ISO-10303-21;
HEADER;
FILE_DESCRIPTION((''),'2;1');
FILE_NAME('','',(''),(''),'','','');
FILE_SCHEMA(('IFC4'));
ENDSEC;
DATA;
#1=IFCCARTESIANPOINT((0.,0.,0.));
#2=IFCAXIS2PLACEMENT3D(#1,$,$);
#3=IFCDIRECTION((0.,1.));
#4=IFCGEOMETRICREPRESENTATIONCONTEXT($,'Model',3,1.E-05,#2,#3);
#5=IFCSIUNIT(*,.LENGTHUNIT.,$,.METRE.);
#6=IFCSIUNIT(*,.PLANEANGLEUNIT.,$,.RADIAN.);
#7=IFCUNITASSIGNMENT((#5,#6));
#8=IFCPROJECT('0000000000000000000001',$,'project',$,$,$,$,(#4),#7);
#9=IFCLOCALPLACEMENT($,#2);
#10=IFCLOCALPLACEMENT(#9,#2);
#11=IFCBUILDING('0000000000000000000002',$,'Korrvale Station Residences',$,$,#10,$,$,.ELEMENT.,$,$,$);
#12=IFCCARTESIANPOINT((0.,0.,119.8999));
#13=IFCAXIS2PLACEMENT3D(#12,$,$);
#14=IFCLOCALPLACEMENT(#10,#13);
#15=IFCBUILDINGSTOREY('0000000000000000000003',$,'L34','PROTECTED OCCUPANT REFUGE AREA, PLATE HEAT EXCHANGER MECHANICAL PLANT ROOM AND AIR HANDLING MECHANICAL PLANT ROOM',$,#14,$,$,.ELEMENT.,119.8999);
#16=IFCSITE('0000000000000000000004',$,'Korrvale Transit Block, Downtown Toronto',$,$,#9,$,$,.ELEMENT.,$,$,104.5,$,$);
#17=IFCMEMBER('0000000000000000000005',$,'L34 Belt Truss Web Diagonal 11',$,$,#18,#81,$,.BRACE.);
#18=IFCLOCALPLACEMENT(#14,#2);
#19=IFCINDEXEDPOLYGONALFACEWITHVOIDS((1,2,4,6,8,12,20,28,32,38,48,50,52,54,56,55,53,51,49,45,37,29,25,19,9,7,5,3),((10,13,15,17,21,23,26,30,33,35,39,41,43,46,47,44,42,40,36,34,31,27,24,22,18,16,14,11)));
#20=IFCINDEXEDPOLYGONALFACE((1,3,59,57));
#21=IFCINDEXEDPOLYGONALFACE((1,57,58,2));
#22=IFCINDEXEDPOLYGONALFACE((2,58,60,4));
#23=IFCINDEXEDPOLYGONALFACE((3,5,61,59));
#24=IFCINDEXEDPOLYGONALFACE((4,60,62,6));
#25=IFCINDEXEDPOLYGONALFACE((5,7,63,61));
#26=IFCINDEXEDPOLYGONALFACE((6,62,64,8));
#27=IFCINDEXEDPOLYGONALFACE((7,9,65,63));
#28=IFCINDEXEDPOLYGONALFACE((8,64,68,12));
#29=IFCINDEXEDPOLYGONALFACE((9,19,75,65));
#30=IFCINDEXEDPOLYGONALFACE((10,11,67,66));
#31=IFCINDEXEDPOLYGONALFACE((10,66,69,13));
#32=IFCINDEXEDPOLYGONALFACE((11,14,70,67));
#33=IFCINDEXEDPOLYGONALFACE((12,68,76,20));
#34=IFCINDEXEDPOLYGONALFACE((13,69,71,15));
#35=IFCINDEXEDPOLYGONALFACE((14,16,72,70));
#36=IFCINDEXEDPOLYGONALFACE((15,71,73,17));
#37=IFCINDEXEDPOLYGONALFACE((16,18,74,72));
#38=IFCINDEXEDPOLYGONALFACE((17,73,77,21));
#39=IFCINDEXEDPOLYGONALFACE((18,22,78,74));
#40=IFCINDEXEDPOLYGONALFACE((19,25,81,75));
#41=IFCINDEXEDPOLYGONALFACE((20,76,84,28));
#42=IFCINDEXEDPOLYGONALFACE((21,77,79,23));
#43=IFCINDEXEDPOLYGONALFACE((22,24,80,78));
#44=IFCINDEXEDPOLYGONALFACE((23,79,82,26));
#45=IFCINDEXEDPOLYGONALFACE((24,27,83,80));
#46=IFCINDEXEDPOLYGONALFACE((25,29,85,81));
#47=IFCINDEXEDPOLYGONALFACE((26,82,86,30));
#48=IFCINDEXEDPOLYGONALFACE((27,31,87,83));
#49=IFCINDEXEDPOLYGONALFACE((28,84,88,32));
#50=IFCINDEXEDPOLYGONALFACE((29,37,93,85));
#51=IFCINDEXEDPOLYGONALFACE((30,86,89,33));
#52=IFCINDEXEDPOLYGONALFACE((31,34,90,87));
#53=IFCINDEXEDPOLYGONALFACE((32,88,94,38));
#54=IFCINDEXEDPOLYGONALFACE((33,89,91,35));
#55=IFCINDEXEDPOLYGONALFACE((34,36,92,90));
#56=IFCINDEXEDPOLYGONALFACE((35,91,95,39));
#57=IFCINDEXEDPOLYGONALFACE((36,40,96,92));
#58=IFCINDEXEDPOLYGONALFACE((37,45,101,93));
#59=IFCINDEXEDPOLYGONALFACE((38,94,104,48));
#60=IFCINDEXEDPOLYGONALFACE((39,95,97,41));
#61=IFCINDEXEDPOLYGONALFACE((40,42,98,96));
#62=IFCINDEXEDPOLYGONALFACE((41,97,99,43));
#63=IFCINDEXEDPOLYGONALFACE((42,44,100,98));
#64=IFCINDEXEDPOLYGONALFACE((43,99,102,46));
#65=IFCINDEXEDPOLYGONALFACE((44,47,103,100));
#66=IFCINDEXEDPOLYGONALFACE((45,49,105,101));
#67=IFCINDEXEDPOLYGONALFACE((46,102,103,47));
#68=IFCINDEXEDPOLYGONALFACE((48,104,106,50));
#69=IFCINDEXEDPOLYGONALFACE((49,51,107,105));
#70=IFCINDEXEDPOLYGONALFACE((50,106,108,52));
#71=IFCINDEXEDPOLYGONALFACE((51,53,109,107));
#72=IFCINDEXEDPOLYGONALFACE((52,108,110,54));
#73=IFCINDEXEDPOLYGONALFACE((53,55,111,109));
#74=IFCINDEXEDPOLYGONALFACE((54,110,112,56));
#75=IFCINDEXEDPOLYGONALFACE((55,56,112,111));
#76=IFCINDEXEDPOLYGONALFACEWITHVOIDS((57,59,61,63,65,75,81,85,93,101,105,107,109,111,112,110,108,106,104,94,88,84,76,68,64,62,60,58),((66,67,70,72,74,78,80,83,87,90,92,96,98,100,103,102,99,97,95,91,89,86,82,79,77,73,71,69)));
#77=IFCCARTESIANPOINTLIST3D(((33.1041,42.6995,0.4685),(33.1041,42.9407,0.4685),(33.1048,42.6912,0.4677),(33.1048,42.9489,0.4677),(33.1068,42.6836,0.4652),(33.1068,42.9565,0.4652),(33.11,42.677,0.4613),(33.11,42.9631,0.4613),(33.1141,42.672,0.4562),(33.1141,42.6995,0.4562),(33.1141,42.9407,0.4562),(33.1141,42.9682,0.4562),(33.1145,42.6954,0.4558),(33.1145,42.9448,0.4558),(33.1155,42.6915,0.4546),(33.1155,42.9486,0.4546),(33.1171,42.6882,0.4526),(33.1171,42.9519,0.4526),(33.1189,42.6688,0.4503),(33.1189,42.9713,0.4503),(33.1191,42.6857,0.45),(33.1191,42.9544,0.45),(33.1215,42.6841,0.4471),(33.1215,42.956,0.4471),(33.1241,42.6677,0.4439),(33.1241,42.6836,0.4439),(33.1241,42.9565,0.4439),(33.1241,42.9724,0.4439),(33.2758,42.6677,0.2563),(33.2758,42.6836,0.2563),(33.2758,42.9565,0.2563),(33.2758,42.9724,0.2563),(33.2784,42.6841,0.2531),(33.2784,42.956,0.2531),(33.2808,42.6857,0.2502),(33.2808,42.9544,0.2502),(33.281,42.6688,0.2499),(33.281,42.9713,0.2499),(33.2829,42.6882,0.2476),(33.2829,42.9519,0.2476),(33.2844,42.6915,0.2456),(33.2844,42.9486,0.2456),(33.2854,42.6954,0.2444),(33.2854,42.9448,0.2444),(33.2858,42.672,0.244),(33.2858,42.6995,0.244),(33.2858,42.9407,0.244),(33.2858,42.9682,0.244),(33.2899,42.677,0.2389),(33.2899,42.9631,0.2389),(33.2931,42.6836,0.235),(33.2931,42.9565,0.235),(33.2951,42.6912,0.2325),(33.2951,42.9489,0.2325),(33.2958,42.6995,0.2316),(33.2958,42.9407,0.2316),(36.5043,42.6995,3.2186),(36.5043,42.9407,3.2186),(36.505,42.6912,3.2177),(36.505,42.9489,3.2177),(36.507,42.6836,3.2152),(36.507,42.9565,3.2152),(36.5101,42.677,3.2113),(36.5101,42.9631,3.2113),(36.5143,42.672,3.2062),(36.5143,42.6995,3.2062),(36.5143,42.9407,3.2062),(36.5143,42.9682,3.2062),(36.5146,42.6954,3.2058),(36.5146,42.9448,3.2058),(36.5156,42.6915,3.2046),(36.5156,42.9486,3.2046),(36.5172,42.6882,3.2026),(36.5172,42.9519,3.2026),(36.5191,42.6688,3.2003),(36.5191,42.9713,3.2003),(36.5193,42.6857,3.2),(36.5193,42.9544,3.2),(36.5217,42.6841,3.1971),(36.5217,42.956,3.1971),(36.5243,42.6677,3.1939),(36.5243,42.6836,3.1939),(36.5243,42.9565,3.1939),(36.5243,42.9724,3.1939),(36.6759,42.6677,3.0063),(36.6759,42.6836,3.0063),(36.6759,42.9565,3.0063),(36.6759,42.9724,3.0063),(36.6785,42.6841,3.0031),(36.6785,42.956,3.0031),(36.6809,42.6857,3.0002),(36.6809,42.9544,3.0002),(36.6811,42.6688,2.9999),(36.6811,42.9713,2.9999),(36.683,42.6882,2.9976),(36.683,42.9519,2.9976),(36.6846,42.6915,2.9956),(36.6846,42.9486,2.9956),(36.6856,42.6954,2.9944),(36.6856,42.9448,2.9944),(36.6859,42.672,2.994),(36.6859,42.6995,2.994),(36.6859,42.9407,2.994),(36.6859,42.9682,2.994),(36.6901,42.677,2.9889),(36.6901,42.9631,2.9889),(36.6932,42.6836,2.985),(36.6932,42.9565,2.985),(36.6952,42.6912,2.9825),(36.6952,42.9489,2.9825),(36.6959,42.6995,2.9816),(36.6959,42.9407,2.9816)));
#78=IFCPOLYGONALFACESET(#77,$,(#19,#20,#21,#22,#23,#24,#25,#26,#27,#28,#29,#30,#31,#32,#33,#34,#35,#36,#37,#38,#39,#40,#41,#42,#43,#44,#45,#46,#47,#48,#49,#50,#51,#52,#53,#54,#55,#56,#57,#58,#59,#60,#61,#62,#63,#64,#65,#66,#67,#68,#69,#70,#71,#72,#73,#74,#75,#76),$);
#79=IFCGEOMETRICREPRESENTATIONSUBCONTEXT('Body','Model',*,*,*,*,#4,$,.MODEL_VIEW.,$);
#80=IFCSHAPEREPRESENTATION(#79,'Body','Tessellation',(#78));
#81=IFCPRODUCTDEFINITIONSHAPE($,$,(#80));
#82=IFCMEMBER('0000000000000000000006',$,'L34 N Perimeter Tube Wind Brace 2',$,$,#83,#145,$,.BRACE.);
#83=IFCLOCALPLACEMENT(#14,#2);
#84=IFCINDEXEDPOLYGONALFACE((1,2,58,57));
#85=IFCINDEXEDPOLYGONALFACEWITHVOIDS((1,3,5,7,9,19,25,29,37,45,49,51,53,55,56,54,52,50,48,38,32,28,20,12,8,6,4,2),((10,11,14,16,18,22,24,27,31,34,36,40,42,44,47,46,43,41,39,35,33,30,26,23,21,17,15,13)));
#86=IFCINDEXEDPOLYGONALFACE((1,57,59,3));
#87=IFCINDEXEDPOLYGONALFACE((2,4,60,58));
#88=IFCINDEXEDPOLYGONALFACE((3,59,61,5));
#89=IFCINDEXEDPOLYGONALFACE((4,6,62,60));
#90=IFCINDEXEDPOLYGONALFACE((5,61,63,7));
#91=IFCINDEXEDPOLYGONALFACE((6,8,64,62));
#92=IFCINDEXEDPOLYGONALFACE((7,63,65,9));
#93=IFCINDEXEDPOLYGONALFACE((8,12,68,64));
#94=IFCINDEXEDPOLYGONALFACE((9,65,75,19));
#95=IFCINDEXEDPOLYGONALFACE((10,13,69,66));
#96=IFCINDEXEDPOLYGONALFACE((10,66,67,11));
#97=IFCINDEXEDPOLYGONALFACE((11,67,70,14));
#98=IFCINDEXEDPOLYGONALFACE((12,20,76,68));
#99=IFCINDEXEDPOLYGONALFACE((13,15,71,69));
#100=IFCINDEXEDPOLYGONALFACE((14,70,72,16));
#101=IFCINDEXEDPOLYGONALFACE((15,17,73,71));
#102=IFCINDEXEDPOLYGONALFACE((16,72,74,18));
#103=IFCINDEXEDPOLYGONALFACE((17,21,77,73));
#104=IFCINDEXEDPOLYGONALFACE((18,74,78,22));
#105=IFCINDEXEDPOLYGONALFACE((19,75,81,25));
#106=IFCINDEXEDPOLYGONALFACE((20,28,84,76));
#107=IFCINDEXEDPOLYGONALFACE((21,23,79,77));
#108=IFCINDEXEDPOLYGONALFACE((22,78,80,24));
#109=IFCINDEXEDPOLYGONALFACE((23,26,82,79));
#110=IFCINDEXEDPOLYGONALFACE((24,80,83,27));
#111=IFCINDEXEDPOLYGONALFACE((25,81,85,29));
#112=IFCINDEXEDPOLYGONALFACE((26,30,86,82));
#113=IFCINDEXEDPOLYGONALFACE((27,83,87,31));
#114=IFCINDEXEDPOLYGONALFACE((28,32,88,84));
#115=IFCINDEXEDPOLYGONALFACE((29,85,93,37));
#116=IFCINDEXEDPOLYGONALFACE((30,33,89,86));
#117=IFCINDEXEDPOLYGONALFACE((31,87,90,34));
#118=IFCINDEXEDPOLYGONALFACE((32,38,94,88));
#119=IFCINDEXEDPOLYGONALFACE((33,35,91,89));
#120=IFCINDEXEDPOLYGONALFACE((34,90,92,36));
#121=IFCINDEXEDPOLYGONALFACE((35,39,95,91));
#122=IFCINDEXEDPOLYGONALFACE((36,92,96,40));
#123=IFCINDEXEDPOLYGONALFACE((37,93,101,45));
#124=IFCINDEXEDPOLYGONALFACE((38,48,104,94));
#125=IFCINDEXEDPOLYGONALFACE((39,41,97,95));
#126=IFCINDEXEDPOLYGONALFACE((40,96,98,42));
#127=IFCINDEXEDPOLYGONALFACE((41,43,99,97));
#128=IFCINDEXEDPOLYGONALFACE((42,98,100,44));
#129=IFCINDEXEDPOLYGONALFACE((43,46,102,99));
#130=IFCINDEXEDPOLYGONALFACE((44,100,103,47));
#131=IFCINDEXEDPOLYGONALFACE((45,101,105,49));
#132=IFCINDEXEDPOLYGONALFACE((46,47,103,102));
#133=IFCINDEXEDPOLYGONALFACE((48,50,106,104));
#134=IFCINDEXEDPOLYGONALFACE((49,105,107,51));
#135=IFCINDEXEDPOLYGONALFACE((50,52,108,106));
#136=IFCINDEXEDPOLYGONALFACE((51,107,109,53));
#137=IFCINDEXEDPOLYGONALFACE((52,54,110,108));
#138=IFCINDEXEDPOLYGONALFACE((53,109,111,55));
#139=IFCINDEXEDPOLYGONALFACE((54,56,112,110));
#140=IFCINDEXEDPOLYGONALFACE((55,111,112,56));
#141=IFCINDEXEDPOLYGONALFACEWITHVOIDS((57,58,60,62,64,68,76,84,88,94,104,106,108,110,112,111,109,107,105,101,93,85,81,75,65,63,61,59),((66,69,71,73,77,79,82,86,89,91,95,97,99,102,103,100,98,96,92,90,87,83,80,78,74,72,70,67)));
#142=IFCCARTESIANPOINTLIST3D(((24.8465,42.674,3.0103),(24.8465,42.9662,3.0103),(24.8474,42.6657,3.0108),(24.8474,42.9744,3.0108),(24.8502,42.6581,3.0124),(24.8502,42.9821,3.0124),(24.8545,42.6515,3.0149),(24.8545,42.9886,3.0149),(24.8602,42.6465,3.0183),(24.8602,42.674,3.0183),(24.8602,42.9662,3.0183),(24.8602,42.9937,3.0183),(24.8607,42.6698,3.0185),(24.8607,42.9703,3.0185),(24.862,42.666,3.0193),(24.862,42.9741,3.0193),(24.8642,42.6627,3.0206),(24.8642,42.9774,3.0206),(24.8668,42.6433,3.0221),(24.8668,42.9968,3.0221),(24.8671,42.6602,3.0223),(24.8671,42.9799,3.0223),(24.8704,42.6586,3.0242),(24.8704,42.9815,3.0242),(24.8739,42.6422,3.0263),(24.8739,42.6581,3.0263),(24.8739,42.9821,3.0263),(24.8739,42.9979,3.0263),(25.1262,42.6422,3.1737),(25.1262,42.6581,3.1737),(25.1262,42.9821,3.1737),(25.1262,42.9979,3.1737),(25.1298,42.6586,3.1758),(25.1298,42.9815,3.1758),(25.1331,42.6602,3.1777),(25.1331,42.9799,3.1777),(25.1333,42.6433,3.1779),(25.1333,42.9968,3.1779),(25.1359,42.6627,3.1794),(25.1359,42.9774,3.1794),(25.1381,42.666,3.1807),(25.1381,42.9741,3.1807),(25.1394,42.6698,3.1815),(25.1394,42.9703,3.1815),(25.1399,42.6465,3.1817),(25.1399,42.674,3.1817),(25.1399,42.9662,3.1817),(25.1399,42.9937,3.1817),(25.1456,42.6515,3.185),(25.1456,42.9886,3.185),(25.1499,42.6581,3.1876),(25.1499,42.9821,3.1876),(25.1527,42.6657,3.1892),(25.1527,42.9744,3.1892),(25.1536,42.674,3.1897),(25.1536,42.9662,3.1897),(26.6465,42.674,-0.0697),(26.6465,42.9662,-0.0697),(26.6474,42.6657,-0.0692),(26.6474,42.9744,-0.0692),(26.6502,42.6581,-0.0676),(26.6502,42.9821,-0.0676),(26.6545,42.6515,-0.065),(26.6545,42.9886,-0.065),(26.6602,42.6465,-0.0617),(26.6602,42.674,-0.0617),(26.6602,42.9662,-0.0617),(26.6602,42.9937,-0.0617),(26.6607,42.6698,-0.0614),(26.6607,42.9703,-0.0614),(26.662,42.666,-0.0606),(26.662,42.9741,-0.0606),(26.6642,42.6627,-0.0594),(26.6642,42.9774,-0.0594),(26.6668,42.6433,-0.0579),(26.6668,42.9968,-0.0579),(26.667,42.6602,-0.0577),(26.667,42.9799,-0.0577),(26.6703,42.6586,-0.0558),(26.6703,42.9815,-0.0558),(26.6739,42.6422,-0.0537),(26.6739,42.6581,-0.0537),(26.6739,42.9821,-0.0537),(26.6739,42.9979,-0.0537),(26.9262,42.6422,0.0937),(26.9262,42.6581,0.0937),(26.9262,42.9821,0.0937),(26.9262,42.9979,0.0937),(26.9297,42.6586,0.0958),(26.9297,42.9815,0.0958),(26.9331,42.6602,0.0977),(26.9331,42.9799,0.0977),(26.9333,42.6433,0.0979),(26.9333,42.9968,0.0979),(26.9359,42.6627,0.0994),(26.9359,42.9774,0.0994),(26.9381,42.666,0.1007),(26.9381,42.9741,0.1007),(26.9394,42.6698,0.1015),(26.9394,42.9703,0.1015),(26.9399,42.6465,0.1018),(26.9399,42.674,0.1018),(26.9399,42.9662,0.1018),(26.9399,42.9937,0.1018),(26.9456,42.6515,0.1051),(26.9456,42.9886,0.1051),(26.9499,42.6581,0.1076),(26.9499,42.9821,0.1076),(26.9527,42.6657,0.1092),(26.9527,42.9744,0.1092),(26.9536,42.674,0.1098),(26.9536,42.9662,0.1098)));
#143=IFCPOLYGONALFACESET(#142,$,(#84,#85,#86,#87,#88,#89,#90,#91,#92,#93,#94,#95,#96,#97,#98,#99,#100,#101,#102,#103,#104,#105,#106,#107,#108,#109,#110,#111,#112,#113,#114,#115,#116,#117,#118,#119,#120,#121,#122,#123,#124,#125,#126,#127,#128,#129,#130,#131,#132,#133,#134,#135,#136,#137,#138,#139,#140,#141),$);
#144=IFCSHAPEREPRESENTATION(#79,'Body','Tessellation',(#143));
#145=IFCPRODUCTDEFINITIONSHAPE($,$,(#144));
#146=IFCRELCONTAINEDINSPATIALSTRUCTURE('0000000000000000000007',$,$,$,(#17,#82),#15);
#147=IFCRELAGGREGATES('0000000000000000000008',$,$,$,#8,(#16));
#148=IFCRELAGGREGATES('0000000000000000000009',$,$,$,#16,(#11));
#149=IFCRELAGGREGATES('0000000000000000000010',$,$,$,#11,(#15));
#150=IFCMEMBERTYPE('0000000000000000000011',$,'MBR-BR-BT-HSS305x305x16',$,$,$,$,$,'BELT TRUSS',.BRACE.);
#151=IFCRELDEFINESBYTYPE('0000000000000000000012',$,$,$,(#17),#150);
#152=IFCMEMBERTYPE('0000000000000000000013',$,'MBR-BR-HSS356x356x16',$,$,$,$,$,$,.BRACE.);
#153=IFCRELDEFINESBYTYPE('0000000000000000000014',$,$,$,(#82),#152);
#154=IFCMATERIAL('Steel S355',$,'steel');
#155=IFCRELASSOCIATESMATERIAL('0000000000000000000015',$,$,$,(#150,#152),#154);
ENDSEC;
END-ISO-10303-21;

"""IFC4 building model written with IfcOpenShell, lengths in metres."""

from ifc_helpers import new_model, si_unit, direction, frame, origin, origin_2d, place, context, subcontext, project, spatial, hollow_rectangle, extrude, material, material_profile, profile_set, type_object, element, save


model = new_model("IFC4")

# Units and contexts
model_context = context("Model", 3, precision=1e-05, world=origin(), true_north=direction((0.0, 1.0)))
body_context = subcontext(model_context, "Body", "Model", "MODEL_VIEW")
ifc_project = project(units=[si_unit("LENGTHUNIT", "METRE"), si_unit("PLANEANGLEUNIT", "RADIAN")], contexts=[model_context])

# Site, building, storey
site_placement = place(None, origin())
site = spatial("IfcSite", under=ifc_project, at=site_placement, Name="Korrvale Transit Block, Downtown Toronto", CompositionType="ELEMENT", RefElevation=104.5)
building_placement = place(site_placement, origin())
building = spatial("IfcBuilding", under=site, at=building_placement, Name="Korrvale Station Residences", CompositionType="ELEMENT")
storey_placement = place(building_placement, frame((0.0, 0.0, 119.8999)))
storey = spatial("IfcBuildingStorey", under=building, at=storey_placement, Name="L34", Description="PROTECTED OCCUPANT REFUGE AREA, PLATE HEAT EXCHANGER MECHANICAL PLANT ROOM AND AIR HANDLING MECHANICAL PLANT ROOM", CompositionType="ELEMENT", Elevation=119.8999)

# Members
ifc_material_1 = material(Name="Steel S355", Category="steel")
ifc_material_profile_1 = material_profile(ifc_material_1, hollow_rectangle(XDim=0.3047, YDim=0.3047, WallThickness=0.0159, InnerFilletRadius=0.0159, OuterFilletRadius=0.0317, at=origin_2d()), Name="HSS305x305x16")
ifc_profile_set_1 = profile_set([ifc_material_profile_1], Name="Steel S355")
member_type_1 = type_object("IfcMemberType", Name="MBR-BR-BT-HSS305x305x16", ElementType="BELT TRUSS", PredefinedType="BRACE", material=ifc_profile_set_1)
member_1_placement = place(storey_placement, frame((33.2, 42.8201, 0.3501), z_axis=(0.777524, 0.0, 0.628853), x_axis=(0.0, 1.0, 0.0)))
element("IfcMember", 1, at=member_1_placement, inside=storey, type_object=member_type_1, Name="L34 Belt Truss Web Diagonal 11", PredefinedType="BRACE", context=body_context, shape_type="SweptSolid", body=[
    extrude(hollow_rectangle(XDim=0.3047, YDim=0.3047, WallThickness=0.0159, InnerFilletRadius=0.0159, OuterFilletRadius=0.0317, at=origin_2d()), origin(), (0.0, 0.0, 1.0), 4.373),
])
ifc_material_profile_2 = material_profile(ifc_material_1, hollow_rectangle(XDim=0.3557, YDim=0.3557, WallThickness=0.0159, InnerFilletRadius=0.0159, OuterFilletRadius=0.0317, at=origin_2d()), Name="HSS356x356x16")
ifc_profile_set_2 = profile_set([ifc_material_profile_2], Name="Steel S355")
member_type_2 = type_object("IfcMemberType", Name="MBR-BR-HSS356x356x16", PredefinedType="BRACE", material=ifc_profile_set_2)
member_2_placement = place(storey_placement, frame((26.8, 42.8201, 0.02), z_axis=(-0.504569, 0.0, 0.863372), x_axis=(0.0, -1.0, 0.0)))
element("IfcMember", 2, at=member_2_placement, inside=storey, type_object=member_type_2, Name="L34 N Perimeter Tube Wind Brace 2", PredefinedType="BRACE", context=body_context, shape_type="SweptSolid", body=[
    extrude(hollow_rectangle(XDim=0.3557, YDim=0.3557, WallThickness=0.0159, InnerFilletRadius=0.0159, OuterFilletRadius=0.0317, at=origin_2d()), origin(), (0.0, 0.0, 1.0), 3.5674),
])

save(model, "model.ifc")
